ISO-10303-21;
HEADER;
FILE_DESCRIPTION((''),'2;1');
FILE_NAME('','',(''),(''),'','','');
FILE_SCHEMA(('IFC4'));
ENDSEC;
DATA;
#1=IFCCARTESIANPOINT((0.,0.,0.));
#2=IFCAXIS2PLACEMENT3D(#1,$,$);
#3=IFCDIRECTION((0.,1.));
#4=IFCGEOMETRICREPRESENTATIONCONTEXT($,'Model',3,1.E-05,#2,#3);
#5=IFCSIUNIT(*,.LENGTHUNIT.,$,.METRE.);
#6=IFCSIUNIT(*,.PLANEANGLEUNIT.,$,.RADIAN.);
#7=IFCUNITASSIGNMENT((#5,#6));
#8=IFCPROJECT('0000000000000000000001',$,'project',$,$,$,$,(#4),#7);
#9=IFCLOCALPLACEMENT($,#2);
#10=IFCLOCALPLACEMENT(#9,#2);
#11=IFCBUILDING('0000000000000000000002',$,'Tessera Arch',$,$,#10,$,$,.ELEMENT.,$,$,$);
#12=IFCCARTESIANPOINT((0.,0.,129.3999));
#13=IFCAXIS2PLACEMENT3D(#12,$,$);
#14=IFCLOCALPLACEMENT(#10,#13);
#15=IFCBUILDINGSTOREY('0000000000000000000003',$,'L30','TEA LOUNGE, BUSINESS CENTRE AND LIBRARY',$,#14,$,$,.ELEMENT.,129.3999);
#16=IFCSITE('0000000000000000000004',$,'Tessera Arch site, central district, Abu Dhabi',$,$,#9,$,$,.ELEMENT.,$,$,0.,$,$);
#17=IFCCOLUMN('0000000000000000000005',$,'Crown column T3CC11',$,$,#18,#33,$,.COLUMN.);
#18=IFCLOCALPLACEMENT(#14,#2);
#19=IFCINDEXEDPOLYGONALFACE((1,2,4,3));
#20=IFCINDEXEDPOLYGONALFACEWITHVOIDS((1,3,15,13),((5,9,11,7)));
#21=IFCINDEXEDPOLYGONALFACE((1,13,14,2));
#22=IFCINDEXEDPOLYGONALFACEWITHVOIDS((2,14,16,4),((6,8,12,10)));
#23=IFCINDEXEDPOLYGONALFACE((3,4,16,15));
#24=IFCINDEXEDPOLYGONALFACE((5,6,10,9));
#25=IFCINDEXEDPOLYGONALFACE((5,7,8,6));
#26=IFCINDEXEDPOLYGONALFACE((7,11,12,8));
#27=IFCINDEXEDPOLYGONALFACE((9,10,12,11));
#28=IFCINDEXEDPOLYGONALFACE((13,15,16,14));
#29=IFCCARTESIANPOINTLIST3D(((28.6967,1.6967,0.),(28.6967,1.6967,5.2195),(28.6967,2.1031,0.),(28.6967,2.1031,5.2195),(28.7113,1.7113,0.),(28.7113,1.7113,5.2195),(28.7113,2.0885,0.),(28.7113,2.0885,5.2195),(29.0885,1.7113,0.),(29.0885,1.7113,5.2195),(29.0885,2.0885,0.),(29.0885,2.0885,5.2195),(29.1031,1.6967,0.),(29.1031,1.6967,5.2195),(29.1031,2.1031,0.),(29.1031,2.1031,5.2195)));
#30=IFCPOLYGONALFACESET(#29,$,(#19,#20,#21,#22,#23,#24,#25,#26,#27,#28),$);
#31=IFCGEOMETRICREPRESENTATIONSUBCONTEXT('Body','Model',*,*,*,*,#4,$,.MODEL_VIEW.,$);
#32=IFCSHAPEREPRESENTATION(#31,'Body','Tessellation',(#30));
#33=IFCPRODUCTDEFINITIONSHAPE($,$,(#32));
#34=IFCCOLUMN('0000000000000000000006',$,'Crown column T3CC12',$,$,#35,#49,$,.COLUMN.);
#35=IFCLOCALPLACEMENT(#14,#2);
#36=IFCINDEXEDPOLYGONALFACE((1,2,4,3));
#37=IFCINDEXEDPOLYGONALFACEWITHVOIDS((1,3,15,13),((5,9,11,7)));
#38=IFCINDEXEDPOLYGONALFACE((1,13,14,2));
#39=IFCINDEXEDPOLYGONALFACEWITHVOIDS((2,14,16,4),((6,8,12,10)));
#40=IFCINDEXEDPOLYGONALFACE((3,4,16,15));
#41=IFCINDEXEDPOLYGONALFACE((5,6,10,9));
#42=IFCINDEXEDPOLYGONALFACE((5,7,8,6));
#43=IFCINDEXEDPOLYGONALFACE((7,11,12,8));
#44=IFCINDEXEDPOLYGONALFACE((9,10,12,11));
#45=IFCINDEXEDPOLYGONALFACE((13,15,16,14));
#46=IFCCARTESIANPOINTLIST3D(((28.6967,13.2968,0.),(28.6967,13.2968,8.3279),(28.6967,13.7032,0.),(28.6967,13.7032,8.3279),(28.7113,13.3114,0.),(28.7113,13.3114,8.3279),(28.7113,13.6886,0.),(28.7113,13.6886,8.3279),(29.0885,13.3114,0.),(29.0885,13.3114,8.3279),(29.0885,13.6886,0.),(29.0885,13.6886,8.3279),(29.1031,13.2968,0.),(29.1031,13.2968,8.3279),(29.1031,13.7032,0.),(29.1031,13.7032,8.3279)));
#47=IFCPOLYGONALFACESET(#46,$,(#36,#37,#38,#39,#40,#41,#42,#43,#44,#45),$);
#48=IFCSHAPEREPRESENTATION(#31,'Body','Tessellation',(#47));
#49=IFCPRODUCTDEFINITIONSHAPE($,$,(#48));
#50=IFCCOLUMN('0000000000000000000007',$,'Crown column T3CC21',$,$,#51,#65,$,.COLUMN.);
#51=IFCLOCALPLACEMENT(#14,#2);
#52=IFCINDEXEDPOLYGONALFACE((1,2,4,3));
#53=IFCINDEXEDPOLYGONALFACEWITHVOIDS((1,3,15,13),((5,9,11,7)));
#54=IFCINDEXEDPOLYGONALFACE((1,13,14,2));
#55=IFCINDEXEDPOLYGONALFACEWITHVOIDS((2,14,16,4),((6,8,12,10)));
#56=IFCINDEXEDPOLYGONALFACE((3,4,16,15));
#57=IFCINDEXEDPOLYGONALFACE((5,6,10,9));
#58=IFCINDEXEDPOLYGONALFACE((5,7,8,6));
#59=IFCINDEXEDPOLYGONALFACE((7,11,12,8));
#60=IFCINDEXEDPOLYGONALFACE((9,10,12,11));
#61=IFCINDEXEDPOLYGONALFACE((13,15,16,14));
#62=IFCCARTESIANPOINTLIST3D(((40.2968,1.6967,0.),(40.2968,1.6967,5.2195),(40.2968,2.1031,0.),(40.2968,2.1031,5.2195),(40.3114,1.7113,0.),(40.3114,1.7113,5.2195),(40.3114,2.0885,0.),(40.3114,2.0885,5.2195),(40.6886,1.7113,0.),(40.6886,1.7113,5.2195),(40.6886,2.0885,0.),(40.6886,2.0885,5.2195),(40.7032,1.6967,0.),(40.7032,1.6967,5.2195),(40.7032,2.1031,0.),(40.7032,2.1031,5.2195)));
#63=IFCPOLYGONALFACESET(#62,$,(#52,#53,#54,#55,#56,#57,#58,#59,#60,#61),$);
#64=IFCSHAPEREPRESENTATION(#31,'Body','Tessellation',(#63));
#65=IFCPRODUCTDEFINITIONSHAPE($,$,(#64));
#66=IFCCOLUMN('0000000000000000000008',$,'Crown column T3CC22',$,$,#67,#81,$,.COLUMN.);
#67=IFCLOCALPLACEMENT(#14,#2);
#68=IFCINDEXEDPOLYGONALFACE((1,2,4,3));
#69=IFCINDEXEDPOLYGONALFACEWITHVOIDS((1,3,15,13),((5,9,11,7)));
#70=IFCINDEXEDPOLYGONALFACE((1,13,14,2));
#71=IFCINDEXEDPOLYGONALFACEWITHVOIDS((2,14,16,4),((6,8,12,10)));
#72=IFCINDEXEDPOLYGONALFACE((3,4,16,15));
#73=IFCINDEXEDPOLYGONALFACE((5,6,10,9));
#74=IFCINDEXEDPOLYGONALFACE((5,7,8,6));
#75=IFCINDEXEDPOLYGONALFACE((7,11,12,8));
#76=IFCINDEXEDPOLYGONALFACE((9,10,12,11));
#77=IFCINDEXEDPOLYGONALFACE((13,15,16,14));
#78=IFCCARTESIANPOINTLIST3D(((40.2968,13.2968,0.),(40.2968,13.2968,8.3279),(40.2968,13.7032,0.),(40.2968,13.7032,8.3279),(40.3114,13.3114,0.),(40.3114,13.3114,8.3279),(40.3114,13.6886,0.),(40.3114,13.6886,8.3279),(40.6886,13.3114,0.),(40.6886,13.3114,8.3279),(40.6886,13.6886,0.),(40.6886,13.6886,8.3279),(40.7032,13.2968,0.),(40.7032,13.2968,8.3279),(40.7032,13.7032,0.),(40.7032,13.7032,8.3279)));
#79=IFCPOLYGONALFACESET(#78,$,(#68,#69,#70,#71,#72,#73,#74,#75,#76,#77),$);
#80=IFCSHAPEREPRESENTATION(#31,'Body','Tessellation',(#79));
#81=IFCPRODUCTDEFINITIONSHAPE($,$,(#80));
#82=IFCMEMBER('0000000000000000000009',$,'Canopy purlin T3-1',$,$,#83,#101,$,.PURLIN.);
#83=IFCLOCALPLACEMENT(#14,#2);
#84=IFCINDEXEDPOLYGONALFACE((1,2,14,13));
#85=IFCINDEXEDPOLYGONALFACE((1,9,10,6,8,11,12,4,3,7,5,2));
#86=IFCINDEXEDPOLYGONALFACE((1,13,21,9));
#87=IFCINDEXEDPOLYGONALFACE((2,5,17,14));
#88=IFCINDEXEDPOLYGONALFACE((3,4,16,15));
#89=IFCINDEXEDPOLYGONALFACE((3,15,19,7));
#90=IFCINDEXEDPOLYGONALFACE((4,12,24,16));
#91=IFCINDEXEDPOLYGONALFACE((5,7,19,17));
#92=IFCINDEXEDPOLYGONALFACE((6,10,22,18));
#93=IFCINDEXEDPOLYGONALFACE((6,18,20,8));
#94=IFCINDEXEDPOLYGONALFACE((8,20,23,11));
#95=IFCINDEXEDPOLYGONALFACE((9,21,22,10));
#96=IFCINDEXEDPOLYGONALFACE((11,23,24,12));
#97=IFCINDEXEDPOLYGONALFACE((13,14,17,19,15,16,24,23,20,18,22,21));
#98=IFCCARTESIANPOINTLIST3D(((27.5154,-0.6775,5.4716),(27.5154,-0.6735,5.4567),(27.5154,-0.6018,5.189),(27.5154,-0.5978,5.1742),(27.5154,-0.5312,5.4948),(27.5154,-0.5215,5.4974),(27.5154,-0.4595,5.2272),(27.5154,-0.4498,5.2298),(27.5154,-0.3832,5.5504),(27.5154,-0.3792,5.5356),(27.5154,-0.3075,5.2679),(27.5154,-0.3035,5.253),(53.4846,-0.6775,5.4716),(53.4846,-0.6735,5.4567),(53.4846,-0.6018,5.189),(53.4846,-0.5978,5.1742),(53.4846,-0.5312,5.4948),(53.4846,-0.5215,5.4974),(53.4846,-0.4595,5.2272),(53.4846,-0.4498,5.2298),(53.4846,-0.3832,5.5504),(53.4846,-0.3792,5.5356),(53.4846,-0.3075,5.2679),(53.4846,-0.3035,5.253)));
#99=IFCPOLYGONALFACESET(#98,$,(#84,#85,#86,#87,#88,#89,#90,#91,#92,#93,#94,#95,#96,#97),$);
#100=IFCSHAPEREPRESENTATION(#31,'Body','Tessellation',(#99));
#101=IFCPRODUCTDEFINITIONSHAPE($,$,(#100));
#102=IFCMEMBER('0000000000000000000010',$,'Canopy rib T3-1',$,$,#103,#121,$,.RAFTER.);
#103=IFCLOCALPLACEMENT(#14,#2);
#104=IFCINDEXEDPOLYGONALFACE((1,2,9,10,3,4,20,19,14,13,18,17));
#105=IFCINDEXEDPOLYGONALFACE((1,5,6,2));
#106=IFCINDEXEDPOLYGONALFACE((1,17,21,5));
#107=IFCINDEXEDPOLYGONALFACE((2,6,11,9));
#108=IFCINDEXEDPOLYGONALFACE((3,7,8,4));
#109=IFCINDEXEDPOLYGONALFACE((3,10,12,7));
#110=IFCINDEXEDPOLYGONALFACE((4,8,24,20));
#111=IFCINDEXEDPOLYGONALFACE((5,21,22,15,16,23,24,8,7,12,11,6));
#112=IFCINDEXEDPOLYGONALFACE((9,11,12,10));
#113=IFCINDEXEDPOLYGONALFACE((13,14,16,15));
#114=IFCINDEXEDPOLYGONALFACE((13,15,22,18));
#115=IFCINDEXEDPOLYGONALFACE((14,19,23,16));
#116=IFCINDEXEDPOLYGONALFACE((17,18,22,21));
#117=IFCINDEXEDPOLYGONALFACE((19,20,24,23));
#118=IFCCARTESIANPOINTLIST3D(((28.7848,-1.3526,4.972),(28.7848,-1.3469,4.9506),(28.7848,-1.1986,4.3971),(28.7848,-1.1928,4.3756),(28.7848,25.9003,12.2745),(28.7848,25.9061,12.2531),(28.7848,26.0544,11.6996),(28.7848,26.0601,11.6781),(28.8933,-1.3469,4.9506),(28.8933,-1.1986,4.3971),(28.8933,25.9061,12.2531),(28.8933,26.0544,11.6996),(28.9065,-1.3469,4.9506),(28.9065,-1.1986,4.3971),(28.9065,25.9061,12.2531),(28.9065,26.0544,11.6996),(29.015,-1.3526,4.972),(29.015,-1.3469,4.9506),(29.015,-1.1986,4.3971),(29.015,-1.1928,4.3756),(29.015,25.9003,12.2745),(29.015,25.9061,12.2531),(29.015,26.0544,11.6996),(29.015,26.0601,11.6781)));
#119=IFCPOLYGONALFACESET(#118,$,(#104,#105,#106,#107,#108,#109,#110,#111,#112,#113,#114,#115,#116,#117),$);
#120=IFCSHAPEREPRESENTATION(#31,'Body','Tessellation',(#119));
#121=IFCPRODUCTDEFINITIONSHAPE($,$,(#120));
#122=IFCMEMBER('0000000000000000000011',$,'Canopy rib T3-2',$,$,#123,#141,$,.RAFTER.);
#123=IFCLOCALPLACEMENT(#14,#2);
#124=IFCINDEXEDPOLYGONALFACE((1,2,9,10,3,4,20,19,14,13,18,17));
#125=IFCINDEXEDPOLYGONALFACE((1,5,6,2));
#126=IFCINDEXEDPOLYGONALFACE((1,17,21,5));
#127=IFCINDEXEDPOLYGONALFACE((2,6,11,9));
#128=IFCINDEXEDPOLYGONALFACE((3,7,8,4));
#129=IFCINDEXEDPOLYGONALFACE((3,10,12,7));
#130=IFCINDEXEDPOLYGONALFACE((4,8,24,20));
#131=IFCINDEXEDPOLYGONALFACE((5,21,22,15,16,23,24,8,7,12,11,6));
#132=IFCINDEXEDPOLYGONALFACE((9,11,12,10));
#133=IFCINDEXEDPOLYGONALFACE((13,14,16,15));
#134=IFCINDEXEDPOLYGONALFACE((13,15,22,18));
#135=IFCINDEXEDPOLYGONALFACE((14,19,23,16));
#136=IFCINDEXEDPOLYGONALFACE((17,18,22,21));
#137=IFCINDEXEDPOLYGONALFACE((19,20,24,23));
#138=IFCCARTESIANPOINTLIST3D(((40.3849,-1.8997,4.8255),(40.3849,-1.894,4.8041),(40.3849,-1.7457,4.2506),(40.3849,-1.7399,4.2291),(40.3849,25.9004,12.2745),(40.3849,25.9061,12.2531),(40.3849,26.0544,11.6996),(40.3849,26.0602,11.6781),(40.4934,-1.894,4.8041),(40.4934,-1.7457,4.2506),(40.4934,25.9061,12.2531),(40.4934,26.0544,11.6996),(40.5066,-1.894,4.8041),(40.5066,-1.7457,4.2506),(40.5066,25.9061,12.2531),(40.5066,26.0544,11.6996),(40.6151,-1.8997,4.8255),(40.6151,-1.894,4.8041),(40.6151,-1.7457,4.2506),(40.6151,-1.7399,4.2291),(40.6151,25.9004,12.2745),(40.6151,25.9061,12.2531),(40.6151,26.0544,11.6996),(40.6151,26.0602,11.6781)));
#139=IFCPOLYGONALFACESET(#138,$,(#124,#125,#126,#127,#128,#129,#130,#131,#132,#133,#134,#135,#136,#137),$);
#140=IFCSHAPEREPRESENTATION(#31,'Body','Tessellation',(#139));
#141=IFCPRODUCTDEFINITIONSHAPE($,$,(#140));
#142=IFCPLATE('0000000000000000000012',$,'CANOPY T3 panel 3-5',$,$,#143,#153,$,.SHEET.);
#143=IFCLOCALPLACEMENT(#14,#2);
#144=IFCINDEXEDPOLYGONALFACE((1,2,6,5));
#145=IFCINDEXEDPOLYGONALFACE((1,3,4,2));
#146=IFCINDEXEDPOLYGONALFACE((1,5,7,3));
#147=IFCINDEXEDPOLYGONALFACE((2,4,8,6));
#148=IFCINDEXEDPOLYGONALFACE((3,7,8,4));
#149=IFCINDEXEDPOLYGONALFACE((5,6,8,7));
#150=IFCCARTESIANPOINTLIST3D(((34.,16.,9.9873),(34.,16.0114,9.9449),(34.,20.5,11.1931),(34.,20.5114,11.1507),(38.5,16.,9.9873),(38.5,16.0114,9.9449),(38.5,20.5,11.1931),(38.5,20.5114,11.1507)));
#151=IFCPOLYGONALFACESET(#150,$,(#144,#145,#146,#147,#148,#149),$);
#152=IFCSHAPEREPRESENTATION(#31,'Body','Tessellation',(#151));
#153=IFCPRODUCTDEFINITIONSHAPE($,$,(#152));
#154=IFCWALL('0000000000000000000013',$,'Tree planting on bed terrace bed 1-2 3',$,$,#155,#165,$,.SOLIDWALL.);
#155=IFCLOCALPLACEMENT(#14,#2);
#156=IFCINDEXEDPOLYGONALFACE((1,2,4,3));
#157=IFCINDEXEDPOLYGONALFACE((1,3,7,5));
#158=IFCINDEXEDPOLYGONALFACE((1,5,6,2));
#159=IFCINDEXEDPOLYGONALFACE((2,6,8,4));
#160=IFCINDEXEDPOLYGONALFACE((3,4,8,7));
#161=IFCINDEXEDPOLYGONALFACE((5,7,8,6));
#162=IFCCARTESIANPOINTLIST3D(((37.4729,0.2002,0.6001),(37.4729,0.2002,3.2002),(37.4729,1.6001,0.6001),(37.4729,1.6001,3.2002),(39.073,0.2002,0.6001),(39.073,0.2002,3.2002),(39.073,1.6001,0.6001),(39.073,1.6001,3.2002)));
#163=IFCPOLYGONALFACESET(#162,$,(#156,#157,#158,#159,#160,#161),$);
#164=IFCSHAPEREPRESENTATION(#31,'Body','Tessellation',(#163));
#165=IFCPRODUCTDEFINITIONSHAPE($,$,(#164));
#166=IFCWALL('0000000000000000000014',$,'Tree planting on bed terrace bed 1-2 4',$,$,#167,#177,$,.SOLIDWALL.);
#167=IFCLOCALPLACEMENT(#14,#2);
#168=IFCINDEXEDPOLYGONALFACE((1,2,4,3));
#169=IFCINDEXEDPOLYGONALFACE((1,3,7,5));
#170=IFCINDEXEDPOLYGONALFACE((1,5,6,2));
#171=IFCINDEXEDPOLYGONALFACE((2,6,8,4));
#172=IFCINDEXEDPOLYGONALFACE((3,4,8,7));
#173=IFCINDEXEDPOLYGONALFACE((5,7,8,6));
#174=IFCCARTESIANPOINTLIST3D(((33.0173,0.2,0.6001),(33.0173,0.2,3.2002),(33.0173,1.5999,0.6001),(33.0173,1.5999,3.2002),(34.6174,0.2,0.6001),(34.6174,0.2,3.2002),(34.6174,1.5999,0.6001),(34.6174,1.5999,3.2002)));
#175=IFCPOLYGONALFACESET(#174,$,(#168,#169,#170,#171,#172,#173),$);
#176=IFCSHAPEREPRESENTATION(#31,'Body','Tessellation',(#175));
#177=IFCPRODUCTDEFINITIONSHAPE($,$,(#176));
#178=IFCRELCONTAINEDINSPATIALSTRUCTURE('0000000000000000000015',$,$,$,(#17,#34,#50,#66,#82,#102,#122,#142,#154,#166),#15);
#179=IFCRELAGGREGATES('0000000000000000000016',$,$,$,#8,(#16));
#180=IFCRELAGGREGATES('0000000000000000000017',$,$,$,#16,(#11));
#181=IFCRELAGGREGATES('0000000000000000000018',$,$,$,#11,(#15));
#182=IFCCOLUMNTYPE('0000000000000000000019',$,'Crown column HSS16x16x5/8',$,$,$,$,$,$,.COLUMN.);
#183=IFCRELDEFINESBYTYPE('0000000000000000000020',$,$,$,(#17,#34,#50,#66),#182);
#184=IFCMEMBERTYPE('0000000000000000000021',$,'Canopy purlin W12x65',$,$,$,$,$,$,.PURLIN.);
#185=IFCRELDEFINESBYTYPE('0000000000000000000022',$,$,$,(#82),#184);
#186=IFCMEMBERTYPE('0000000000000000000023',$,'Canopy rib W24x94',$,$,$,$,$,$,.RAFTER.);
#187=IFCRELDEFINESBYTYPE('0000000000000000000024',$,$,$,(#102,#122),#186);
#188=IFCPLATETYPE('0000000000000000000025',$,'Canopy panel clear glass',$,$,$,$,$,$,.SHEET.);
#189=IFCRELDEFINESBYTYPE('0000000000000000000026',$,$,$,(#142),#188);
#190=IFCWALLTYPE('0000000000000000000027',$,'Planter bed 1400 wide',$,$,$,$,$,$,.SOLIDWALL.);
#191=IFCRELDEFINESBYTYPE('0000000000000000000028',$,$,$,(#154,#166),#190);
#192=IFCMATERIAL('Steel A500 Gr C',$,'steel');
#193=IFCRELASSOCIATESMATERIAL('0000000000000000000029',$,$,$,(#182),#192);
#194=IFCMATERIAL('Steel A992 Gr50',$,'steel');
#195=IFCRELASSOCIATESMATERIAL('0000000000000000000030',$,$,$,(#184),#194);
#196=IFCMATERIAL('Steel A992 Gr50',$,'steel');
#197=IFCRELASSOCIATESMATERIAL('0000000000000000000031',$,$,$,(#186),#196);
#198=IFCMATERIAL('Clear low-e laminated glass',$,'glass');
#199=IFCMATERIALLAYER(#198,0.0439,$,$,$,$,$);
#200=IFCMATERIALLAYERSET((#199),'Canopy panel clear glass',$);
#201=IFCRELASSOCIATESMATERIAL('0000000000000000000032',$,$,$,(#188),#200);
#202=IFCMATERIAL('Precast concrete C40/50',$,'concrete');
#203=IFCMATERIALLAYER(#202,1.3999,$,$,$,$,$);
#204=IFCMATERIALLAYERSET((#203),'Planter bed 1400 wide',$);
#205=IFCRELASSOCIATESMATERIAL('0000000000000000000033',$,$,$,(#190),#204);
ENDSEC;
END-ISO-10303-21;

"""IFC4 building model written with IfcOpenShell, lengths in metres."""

from ifc_helpers import new_model, si_unit, direction, frame, frame_2d, origin, origin_2d, place, context, subcontext, project, spatial, polyline, rectangle, hollow_rectangle, i_section, outline, extrude, material, layer, layer_set, material_profile, profile_set, type_object, element, save


model = new_model("IFC4")

# Units and contexts
model_context = context("Model", 3, precision=1e-05, world=origin(), true_north=direction((0.0, 1.0)))
body_context = subcontext(model_context, "Body", "Model", "MODEL_VIEW")
ifc_project = project(units=[si_unit("LENGTHUNIT", "METRE"), si_unit("PLANEANGLEUNIT", "RADIAN")], contexts=[model_context])

# Site, building, storey
site_placement = place(None, origin())
site = spatial("IfcSite", under=ifc_project, at=site_placement, Name="Tessera Arch site, central district, Abu Dhabi", CompositionType="ELEMENT", RefElevation=0.0)
building_placement = place(site_placement, origin())
building = spatial("IfcBuilding", under=site, at=building_placement, Name="Tessera Arch", CompositionType="ELEMENT")
storey_placement = place(building_placement, frame((0.0, 0.0, 129.3999)))
storey = spatial("IfcBuildingStorey", under=building, at=storey_placement, Name="L30", Description="TEA LOUNGE, BUSINESS CENTRE AND LIBRARY", CompositionType="ELEMENT", Elevation=129.3999)

# Columns
ifc_material_1 = material(Name="Steel A500 Gr C", Category="steel")
ifc_material_profile_1 = material_profile(ifc_material_1, hollow_rectangle(XDim=0.4065, YDim=0.4065, WallThickness=0.0146, at=origin_2d()), Name="HSS16x16x5/8")
ifc_profile_set_1 = profile_set([ifc_material_profile_1], Name="Steel A500 Gr C")
column_type = type_object("IfcColumnType", Name="Crown column HSS16x16x5/8", PredefinedType="COLUMN", material=ifc_profile_set_1)
column_1_placement = place(storey_placement, frame((28.8999, 1.8999, 0.0), z_axis=(0.0, 0.0, 1.0), x_axis=(1.0, 0.0, 0.0)))
element("IfcColumn", 1, at=column_1_placement, inside=storey, type_object=column_type, Name="Crown column T3CC11", PredefinedType="COLUMN", context=body_context, shape_type="SweptSolid", body=[
    extrude(hollow_rectangle(XDim=0.4065, YDim=0.4065, WallThickness=0.0146, at=origin_2d()), origin(), (0.0, 0.0, 1.0), 5.2195),
])
column_2_placement = place(storey_placement, frame((28.8999, 13.5, 0.0), z_axis=(0.0, 0.0, 1.0), x_axis=(1.0, 0.0, 0.0)))
element("IfcColumn", 2, at=column_2_placement, inside=storey, type_object=column_type, Name="Crown column T3CC12", PredefinedType="COLUMN", context=body_context, shape_type="SweptSolid", body=[
    extrude(hollow_rectangle(XDim=0.4065, YDim=0.4065, WallThickness=0.0146, at=origin_2d()), origin(), (0.0, 0.0, 1.0), 8.3279),
])
column_3_placement = place(storey_placement, frame((40.5, 1.8999, 0.0), z_axis=(0.0, 0.0, 1.0), x_axis=(1.0, 0.0, 0.0)))
element("IfcColumn", 3, at=column_3_placement, inside=storey, type_object=column_type, Name="Crown column T3CC21", PredefinedType="COLUMN", context=body_context, shape_type="SweptSolid", body=[
    extrude(hollow_rectangle(XDim=0.4065, YDim=0.4065, WallThickness=0.0146, at=origin_2d()), origin(), (0.0, 0.0, 1.0), 5.2195),
])
column_4_placement = place(storey_placement, frame((40.5, 13.5, 0.0), z_axis=(0.0, 0.0, 1.0), x_axis=(1.0, 0.0, 0.0)))
element("IfcColumn", 4, at=column_4_placement, inside=storey, type_object=column_type, Name="Crown column T3CC22", PredefinedType="COLUMN", context=body_context, shape_type="SweptSolid", body=[
    extrude(hollow_rectangle(XDim=0.4065, YDim=0.4065, WallThickness=0.0146, at=origin_2d()), origin(), (0.0, 0.0, 1.0), 8.3279),
])

# Members
ifc_material_2 = material(Name="Steel A992 Gr50", Category="steel")
ifc_material_profile_2 = material_profile(ifc_material_2, i_section(OverallWidth=0.3047, OverallDepth=0.3079, WebThickness=0.01, FlangeThickness=0.0154, at=origin_2d()), Name="W12x65")
ifc_profile_set_2 = profile_set([ifc_material_profile_2], Name="Steel A992 Gr50")
member_type_1 = type_object("IfcMemberType", Name="Canopy purlin W12x65", PredefinedType="PURLIN", material=ifc_profile_set_2)
member_1_placement = place(storey_placement, frame((27.5154, -0.4905, 5.3623), z_axis=(1.0, 0.0, 0.0), x_axis=(0.0, 0.965926, 0.258819)))
element("IfcMember", 5, at=member_1_placement, inside=storey, type_object=member_type_1, Name="Canopy purlin T3-1", PredefinedType="PURLIN", context=body_context, shape_type="SweptSolid", body=[
    extrude(i_section(OverallWidth=0.3047, OverallDepth=0.3079, WebThickness=0.01, FlangeThickness=0.0154, at=origin_2d()), origin(), (0.0, 0.0, 1.0), 25.9692),
])
ifc_material_3 = material(Name="Steel A992 Gr50", Category="steel")
ifc_material_profile_3 = material_profile(ifc_material_3, i_section(OverallWidth=0.2302, OverallDepth=0.6174, WebThickness=0.0132, FlangeThickness=0.0222, at=origin_2d()), Name="W24x94")
ifc_profile_set_3 = profile_set([ifc_material_profile_3], Name="Steel A992 Gr50")
member_type_2 = type_object("IfcMemberType", Name="Canopy rib W24x94", PredefinedType="RAFTER", material=ifc_profile_set_3)
member_2_placement = place(storey_placement, frame((28.8999, -1.2727, 4.6738), z_axis=(0.0, 0.965925, 0.258822), x_axis=(-1.0, 0.0, 0.0)))
element("IfcMember", 6, at=member_2_placement, inside=storey, type_object=member_type_2, Name="Canopy rib T3-1", PredefinedType="RAFTER", context=body_context, shape_type="SweptSolid", body=[
    extrude(i_section(OverallWidth=0.2302, OverallDepth=0.6174, WebThickness=0.0132, FlangeThickness=0.0222, at=origin_2d()), origin(), (0.0, 0.0, 1.0), 28.2144),
])
member_3_placement = place(storey_placement, frame((40.5, -1.8198, 4.5273), z_axis=(0.0, 0.965926, 0.258818), x_axis=(-1.0, 0.0, 0.0)))
element("IfcMember", 7, at=member_3_placement, inside=storey, type_object=member_type_2, Name="Canopy rib T3-2", PredefinedType="RAFTER", context=body_context, shape_type="SweptSolid", body=[
    extrude(i_section(OverallWidth=0.2302, OverallDepth=0.6174, WebThickness=0.0132, FlangeThickness=0.0222, at=origin_2d()), origin(), (0.0, 0.0, 1.0), 28.7808),
])

# Plate
ifc_material_4 = material(Name="Clear low-e laminated glass", Category="glass")
ifc_layer_1 = layer(ifc_material_4, 0.0439)
ifc_layer_set_1 = layer_set([ifc_layer_1], Name="Canopy panel clear glass")
plate_type = type_object("IfcPlateType", Name="Canopy panel clear glass", PredefinedType="SHEET", material=ifc_layer_set_1)
plate_placement = place(storey_placement, frame((38.5, 16.0, 9.9873), z_axis=(0.0, -0.258827, 0.965924), x_axis=(0.0, 0.965924, 0.258827)))
element("IfcPlate", 8, at=plate_placement, inside=storey, type_object=plate_type, Name="CANOPY T3 panel 3-5", PredefinedType="SHEET", context=body_context, shape_type="SweptSolid", body=[
    extrude(outline(polyline([(0.0, 0.0), (4.6588, 0.0), (4.6588, 4.5), (0.0, 4.5), (0.0, 0.0)])), origin(), (0.0, 0.0, -1.0), 0.0439),
])

# Walls
ifc_material_5 = material(Name="Precast concrete C40/50", Category="concrete")
ifc_layer_2 = layer(ifc_material_5, 1.3999)
ifc_layer_set_2 = layer_set([ifc_layer_2], Name="Planter bed 1400 wide")
wall_type_1 = type_object("IfcWallType", Name="Planter bed 1400 wide", PredefinedType="SOLIDWALL", material=ifc_layer_set_2)
for number, where, z_axis, x_axis, name in (
    (9, (39.073, 0.9001, 0.6001), (0.0, 0.0, 1.0), (-1.0, 0.0, 0.0), "Tree planting on bed terrace bed 1-2 3"),
    (10, (34.6174, 0.8999, 0.6001), (0.0, 0.0, 1.0), (-1.0, 0.0, 0.0), "Tree planting on bed terrace bed 1-2 4"),
):
    element("IfcWall", number, at=place(storey_placement, frame(where, z_axis=z_axis, x_axis=x_axis)), inside=storey, type_object=wall_type_1, Name=name, PredefinedType="SOLIDWALL", context=body_context, shape_type="SweptSolid", body=[
        extrude(rectangle(XDim=1.6001, YDim=1.3999, at=frame_2d((0.8, 0.0))), origin(), (0.0, 0.0, 1.0), 2.6001),
    ])

save(model, "model.ifc")
